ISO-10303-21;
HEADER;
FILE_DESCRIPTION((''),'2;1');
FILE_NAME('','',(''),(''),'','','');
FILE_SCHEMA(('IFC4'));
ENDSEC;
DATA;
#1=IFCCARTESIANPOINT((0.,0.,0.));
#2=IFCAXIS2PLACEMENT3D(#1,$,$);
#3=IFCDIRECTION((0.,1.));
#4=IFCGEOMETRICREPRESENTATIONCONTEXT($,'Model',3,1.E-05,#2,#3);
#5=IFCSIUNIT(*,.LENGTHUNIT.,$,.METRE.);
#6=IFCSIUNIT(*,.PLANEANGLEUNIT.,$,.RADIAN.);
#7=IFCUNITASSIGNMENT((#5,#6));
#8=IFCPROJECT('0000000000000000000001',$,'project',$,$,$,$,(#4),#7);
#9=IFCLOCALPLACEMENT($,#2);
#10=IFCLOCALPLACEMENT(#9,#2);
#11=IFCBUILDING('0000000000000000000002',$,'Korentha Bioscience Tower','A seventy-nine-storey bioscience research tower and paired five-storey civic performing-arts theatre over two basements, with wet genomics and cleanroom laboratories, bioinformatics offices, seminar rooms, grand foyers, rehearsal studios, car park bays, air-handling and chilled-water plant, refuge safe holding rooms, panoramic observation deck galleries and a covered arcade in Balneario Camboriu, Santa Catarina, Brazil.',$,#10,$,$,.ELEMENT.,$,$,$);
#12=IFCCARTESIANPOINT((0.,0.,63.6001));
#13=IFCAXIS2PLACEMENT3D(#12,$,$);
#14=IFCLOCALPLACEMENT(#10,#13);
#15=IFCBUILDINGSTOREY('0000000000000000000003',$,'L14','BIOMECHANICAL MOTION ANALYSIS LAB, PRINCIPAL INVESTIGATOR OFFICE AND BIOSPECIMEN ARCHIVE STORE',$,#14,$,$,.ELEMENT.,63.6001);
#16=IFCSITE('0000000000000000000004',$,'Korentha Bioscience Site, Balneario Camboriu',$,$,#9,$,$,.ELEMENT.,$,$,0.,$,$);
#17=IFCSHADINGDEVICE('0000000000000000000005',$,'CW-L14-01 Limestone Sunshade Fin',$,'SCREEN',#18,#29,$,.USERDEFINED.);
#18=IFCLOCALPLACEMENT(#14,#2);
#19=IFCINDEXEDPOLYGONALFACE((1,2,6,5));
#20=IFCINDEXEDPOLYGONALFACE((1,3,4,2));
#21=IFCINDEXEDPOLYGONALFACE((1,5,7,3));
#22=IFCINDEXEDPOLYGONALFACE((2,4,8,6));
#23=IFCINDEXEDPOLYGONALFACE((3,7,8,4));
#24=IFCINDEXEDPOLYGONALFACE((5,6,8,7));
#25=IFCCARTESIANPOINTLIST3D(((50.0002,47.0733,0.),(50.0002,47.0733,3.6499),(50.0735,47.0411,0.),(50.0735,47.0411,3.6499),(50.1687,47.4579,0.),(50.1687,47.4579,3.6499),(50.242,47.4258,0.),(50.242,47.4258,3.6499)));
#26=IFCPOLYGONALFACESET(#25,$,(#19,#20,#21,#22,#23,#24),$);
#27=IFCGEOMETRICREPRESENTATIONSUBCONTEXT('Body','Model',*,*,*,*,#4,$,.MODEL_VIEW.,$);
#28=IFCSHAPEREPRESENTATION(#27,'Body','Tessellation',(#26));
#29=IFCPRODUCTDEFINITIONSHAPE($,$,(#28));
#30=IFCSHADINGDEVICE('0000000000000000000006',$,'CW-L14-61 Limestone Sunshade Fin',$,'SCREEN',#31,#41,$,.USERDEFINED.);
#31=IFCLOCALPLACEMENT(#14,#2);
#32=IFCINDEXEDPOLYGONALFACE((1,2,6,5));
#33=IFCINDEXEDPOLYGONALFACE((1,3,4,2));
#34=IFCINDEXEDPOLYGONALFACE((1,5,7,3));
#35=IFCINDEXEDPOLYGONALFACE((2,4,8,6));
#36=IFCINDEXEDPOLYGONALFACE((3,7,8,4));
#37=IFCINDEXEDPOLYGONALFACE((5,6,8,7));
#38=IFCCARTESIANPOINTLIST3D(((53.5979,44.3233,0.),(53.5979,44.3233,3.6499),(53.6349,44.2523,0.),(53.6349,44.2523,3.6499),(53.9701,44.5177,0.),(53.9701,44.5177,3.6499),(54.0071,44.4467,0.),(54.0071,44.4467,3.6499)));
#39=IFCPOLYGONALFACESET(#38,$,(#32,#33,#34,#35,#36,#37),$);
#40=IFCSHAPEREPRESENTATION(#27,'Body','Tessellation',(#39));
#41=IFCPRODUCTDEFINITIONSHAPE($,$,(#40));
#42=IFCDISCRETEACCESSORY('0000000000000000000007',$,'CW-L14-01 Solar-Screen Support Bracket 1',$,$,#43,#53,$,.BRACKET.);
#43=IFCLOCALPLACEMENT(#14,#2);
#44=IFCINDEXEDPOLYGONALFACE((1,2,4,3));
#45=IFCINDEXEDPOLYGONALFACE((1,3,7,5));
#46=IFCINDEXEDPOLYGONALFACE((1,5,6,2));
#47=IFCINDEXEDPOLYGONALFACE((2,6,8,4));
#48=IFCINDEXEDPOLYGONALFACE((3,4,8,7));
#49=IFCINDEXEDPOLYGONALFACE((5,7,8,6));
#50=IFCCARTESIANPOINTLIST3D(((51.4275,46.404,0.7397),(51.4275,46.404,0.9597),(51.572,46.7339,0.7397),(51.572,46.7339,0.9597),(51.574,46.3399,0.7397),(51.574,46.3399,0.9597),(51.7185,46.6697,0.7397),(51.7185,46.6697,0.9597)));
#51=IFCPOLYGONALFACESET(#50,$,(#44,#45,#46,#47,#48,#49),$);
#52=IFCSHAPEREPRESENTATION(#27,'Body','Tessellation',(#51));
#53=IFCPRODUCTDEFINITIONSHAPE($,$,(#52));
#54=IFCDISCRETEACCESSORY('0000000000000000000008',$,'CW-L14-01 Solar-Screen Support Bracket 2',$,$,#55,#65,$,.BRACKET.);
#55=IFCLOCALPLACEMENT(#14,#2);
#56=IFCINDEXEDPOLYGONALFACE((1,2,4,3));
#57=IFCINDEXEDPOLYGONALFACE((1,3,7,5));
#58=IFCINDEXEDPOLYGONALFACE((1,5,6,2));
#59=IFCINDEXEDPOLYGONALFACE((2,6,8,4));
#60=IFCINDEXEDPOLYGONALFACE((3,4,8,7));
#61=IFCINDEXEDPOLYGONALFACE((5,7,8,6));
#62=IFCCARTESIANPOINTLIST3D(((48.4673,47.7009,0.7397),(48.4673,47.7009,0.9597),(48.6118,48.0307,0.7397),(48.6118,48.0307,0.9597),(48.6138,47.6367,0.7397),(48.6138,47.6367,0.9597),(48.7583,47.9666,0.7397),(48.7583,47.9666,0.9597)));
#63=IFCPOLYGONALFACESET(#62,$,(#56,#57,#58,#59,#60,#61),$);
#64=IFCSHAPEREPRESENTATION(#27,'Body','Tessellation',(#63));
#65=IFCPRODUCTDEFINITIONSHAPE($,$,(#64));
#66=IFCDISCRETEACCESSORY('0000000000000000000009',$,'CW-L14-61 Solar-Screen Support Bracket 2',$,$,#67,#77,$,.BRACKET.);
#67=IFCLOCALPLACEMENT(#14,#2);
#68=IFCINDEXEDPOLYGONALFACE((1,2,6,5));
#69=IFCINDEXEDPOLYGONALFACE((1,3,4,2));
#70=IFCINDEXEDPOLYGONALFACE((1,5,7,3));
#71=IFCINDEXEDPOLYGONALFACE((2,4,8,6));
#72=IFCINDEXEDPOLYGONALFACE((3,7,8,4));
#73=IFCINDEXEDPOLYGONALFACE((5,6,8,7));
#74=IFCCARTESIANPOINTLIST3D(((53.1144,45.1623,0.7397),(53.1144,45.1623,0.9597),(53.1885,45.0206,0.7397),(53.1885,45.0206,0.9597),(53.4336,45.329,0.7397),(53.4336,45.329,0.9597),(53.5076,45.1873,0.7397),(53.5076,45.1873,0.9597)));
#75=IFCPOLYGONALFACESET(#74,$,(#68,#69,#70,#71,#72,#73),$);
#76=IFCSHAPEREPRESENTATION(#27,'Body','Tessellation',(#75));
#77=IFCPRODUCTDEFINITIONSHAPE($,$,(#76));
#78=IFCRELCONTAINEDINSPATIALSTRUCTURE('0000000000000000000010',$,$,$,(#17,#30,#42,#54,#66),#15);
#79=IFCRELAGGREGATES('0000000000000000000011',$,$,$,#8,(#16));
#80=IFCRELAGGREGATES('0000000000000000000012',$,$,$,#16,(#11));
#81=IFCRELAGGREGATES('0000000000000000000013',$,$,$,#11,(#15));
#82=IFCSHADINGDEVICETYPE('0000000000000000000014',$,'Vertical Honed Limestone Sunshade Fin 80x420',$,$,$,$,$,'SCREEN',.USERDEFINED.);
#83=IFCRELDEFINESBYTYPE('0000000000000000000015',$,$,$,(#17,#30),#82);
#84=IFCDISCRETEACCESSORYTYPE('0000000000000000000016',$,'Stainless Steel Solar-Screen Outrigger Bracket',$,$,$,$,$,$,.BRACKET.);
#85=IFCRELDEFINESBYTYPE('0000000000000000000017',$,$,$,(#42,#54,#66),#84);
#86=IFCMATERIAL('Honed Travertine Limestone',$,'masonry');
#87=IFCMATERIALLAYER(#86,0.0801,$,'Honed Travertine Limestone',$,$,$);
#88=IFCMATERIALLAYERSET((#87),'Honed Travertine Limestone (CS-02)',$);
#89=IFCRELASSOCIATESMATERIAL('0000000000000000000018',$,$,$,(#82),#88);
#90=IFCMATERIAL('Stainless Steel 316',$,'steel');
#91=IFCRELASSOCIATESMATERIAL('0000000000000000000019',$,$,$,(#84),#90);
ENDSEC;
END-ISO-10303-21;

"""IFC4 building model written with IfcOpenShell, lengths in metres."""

from ifc_helpers import new_model, si_unit, direction, frame, origin, origin_2d, place, context, subcontext, project, spatial, rectangle, extrude, material, layer, layer_set, type_object, element, save


model = new_model("IFC4")

# Units and contexts
model_context = context("Model", 3, precision=1e-05, world=origin(), true_north=direction((0.0, 1.0)))
body_context = subcontext(model_context, "Body", "Model", "MODEL_VIEW")
ifc_project = project(units=[si_unit("LENGTHUNIT", "METRE"), si_unit("PLANEANGLEUNIT", "RADIAN")], contexts=[model_context])

# Site, building, storey
site_placement = place(None, origin())
site = spatial("IfcSite", under=ifc_project, at=site_placement, Name="Korentha Bioscience Site, Balneario Camboriu", CompositionType="ELEMENT", RefElevation=0.0)
building_placement = place(site_placement, origin())
building = spatial("IfcBuilding", under=site, at=building_placement, Name="Korentha Bioscience Tower", Description="A seventy-nine-storey bioscience research tower and paired five-storey civic performing-arts theatre over two basements, with wet genomics and cleanroom laboratories, bioinformatics offices, seminar rooms, grand foyers, rehearsal studios, car park bays, air-handling and chilled-water plant, refuge safe holding rooms, panoramic observation deck galleries and a covered arcade in Balneario Camboriu, Santa Catarina, Brazil.", CompositionType="ELEMENT")
storey_placement = place(building_placement, frame((0.0, 0.0, 63.6001)))
storey = spatial("IfcBuildingStorey", under=building, at=storey_placement, Name="L14", Description="BIOMECHANICAL MOTION ANALYSIS LAB, PRINCIPAL INVESTIGATOR OFFICE AND BIOSPECIMEN ARCHIVE STORE", CompositionType="ELEMENT", Elevation=63.6001)

# Shading devices
ifc_material_1 = material(Name="Honed Travertine Limestone", Category="masonry")
ifc_layer_1 = layer(ifc_material_1, 0.0801, Name="Honed Travertine Limestone")
ifc_layer_set_1 = layer_set([ifc_layer_1], Name="Honed Travertine Limestone (CS-02)")
shading_device_type_1 = type_object("IfcShadingDeviceType", Name="Vertical Honed Limestone Sunshade Fin 80x420", ElementType="SCREEN", PredefinedType="USERDEFINED", material=ifc_layer_set_1)
for number, where, z_axis, x_axis, name in (
    (1, (50.1211, 47.2495, 0.0), (0.0, 0.0, 1.0), (-0.915939, 0.401317, 0.0), "CW-L14-01 Limestone Sunshade Fin"),
    (2, (53.8025, 44.385, 0.0), (0.0, 0.0, 1.0), (-0.463009, 0.886354, 0.0), "CW-L14-61 Limestone Sunshade Fin"),
):
    element("IfcShadingDevice", number, at=place(storey_placement, frame(where, z_axis=z_axis, x_axis=x_axis)), inside=storey, type_object=shading_device_type_1, Name=name, ObjectType="SCREEN", PredefinedType="USERDEFINED", context=body_context, shape_type="SweptSolid", body=[
        extrude(rectangle(XDim=0.0801, YDim=0.4199, at=origin_2d()), origin(), (0.0, 0.0, 1.0), 3.6499),
    ])

# Discrete accessories
ifc_material_2 = material(Name="Stainless Steel 316", Category="steel")
discrete_accessory_type = type_object("IfcDiscreteAccessoryType", Name="Stainless Steel Solar-Screen Outrigger Bracket", PredefinedType="BRACKET", material=ifc_material_2)
for number, where, z_axis, x_axis, name in (
    (3, (51.573, 46.5369, 0.7397), (0.0, 0.0, 1.0), (-0.915939, 0.401317, 0.0), "CW-L14-01 Solar-Screen Support Bracket 1"),
    (4, (48.6128, 47.8337, 0.7397), (0.0, 0.0, 1.0), (-0.915939, 0.401317, 0.0), "CW-L14-01 Solar-Screen Support Bracket 2"),
    (5, (53.311, 45.1748, 0.7397), (0.0, 0.0, 1.0), (-0.463009, 0.886354, 0.0), "CW-L14-61 Solar-Screen Support Bracket 2"),
):
    element("IfcDiscreteAccessory", number, at=place(storey_placement, frame(where, z_axis=z_axis, x_axis=x_axis)), inside=storey, type_object=discrete_accessory_type, Name=name, PredefinedType="BRACKET", context=body_context, shape_type="SweptSolid", body=[
        extrude(rectangle(XDim=0.1599, YDim=0.3601, at=origin_2d()), origin(), (0.0, 0.0, 1.0), 0.22),
    ])

save(model, "model.ifc")
